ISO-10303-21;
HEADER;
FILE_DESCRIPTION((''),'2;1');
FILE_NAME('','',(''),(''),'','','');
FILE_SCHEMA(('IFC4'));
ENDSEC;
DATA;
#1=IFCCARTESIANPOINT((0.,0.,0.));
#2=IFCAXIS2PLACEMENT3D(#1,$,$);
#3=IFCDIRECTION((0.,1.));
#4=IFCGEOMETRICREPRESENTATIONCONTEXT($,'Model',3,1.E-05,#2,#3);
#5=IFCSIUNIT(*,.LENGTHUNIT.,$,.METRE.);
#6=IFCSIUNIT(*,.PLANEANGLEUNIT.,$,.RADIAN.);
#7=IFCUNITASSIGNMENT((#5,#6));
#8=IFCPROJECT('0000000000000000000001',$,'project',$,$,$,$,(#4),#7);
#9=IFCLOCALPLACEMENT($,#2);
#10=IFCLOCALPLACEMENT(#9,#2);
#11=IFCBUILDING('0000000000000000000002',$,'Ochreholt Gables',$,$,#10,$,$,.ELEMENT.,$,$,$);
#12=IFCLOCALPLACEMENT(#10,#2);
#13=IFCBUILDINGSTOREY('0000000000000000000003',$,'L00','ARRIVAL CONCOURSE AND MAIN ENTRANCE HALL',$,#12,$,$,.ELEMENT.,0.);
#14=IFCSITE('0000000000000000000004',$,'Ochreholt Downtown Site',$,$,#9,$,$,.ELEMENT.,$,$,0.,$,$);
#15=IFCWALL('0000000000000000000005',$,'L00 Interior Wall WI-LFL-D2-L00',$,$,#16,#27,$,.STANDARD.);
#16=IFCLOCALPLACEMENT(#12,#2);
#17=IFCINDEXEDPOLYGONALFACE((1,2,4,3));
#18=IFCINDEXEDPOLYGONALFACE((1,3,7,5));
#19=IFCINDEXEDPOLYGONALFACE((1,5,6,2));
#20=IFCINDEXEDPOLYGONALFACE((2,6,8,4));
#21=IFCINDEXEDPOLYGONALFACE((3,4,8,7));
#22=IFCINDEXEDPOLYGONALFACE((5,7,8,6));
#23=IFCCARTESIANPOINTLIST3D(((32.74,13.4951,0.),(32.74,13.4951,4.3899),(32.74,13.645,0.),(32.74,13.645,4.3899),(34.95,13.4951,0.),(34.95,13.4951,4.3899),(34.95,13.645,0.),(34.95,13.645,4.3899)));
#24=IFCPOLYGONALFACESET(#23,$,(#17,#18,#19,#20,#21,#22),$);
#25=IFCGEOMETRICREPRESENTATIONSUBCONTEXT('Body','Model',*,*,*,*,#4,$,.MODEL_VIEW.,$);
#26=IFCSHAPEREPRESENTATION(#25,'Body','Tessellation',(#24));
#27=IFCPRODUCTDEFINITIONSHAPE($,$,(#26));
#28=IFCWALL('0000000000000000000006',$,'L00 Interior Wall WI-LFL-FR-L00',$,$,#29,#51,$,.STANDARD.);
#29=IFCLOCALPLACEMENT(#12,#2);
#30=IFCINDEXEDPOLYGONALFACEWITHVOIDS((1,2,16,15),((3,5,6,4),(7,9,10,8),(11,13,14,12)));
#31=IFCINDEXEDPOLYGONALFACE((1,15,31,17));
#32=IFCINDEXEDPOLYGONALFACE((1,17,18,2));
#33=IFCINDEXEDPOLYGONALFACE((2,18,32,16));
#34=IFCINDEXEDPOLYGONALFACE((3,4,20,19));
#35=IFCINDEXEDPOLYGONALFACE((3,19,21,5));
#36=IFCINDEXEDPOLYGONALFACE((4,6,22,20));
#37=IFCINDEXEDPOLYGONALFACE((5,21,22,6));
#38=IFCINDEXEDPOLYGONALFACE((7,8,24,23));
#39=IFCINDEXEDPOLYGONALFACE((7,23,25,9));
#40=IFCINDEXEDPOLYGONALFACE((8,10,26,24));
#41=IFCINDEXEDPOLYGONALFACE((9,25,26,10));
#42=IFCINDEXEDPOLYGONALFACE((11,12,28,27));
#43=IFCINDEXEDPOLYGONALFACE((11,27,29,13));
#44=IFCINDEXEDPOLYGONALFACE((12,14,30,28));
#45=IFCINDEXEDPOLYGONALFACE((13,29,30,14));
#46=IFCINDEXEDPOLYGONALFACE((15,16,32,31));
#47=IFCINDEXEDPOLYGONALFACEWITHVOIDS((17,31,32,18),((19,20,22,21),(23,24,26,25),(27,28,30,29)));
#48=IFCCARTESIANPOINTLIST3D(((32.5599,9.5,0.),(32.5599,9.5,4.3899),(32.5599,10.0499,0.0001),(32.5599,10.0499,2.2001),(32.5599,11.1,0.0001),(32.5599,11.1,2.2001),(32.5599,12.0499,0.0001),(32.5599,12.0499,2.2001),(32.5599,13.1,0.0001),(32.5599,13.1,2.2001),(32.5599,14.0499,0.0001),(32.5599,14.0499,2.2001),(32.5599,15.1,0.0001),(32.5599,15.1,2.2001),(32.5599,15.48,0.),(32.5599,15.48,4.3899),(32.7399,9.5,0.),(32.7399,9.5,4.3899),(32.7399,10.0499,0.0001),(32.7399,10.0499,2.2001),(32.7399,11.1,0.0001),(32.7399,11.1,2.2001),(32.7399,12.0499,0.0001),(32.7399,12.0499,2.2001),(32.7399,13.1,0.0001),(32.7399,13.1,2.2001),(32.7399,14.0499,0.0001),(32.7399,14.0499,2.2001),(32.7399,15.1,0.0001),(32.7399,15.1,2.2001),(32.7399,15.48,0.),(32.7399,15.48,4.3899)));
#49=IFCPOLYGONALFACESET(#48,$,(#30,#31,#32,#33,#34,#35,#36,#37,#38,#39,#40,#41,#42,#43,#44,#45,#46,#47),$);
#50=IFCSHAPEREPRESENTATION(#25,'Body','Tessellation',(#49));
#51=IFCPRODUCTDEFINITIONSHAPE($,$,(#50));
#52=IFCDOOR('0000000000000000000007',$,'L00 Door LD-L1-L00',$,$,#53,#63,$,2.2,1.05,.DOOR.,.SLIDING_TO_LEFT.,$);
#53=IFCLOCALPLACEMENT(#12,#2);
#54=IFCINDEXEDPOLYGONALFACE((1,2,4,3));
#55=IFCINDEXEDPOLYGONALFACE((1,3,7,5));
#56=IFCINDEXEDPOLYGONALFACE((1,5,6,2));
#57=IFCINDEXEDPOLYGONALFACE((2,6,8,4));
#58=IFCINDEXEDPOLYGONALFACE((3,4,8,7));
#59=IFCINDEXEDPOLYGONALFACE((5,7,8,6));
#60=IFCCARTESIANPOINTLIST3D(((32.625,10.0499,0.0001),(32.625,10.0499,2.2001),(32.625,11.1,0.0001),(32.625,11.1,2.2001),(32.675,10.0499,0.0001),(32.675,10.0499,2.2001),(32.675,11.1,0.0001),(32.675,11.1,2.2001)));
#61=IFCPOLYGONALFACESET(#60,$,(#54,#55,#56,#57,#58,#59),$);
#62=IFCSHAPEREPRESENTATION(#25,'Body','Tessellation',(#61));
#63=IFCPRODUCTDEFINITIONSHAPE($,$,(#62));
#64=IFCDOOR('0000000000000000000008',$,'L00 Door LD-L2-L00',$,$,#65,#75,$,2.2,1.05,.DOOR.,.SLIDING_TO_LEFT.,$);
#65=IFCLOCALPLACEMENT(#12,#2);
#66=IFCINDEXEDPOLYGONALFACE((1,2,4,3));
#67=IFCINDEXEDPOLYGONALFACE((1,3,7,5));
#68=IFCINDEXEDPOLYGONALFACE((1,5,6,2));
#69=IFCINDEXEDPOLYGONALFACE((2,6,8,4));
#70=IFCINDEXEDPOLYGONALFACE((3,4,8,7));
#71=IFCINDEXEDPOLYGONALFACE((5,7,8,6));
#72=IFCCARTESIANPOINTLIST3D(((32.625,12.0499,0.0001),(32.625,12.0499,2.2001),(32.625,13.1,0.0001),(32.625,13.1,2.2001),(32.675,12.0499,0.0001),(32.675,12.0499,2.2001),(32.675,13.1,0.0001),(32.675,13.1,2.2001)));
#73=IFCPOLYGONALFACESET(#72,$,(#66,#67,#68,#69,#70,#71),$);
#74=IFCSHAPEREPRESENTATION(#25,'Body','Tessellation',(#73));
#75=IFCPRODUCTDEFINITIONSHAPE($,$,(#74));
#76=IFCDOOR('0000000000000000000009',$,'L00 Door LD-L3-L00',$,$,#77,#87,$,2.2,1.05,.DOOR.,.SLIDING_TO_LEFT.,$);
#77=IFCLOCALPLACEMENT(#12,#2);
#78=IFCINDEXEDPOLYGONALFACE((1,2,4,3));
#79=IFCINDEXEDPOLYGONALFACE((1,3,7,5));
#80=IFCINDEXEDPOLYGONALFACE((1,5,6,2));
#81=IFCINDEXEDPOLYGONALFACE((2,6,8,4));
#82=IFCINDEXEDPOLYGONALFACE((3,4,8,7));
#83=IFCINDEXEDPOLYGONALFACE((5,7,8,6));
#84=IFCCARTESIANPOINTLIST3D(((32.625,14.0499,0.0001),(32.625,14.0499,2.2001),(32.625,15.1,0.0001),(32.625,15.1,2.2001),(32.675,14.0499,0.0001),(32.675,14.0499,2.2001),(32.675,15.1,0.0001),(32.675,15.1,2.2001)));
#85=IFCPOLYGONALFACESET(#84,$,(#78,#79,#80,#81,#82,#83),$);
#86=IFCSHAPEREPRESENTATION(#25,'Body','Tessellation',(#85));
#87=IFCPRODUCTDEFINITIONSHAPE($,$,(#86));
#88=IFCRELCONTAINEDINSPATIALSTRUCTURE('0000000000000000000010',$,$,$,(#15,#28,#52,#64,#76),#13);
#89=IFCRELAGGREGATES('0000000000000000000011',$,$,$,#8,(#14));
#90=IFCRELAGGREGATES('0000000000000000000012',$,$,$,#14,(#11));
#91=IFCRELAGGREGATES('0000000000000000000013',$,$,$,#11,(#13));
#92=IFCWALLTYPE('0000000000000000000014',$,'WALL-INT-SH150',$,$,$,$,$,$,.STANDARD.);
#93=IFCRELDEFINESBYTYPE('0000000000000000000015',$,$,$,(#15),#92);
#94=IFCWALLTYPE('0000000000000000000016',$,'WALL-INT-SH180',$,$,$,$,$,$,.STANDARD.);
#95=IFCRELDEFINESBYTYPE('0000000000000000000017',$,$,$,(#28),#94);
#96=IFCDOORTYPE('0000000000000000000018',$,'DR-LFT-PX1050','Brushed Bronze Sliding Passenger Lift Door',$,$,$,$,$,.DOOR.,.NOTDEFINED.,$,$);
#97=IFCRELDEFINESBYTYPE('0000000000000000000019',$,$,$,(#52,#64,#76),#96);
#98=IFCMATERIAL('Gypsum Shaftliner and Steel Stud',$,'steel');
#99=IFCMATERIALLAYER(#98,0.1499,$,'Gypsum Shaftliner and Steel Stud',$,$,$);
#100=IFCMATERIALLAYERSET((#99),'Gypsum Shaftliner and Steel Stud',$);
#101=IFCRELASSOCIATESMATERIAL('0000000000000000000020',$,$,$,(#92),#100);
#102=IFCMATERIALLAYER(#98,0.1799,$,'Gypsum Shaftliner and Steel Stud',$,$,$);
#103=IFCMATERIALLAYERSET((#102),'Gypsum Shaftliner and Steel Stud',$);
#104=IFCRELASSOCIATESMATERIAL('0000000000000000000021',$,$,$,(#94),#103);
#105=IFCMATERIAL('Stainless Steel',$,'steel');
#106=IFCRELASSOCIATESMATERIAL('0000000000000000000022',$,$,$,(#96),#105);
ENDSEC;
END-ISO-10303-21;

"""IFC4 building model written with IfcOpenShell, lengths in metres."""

from ifc_helpers import new_model, si_unit, direction, frame, frame_2d, origin, place, context, subcontext, project, spatial, rectangle, extrude, material, layer, layer_set, type_object, element, fill, save


model = new_model("IFC4")

# Units and contexts
model_context = context("Model", 3, precision=1e-05, world=origin(), true_north=direction((0.0, 1.0)))
body_context = subcontext(model_context, "Body", "Model", "MODEL_VIEW")
ifc_project = project(units=[si_unit("LENGTHUNIT", "METRE"), si_unit("PLANEANGLEUNIT", "RADIAN")], contexts=[model_context])

# Site, building, storey
site_placement = place(None, origin())
site = spatial("IfcSite", under=ifc_project, at=site_placement, Name="Ochreholt Downtown Site", CompositionType="ELEMENT", RefElevation=0.0)
building_placement = place(site_placement, origin())
building = spatial("IfcBuilding", under=site, at=building_placement, Name="Ochreholt Gables", CompositionType="ELEMENT")
storey_placement = place(building_placement, origin())
storey = spatial("IfcBuildingStorey", under=building, at=storey_placement, Name="L00", Description="ARRIVAL CONCOURSE AND MAIN ENTRANCE HALL", CompositionType="ELEMENT", Elevation=0.0)

# Wall
ifc_material_1 = material(Name="Gypsum Shaftliner and Steel Stud", Category="steel")
ifc_layer_1 = layer(ifc_material_1, 0.1499, Name="Gypsum Shaftliner and Steel Stud")
ifc_layer_set_1 = layer_set([ifc_layer_1], Name="Gypsum Shaftliner and Steel Stud")
wall_type_1 = type_object("IfcWallType", Name="WALL-INT-SH150", PredefinedType="STANDARD", material=ifc_layer_set_1)
for number, where, z_axis, x_axis, name in (
    (1, (32.74, 13.5701, 0.0), (0.0, 0.0, 1.0), (1.0, 0.0, 0.0), "L00 Interior Wall WI-LFL-D2-L00"),
):
    element("IfcWall", number, at=place(storey_placement, frame(where, z_axis=z_axis, x_axis=x_axis)), inside=storey, type_object=wall_type_1, Name=name, PredefinedType="STANDARD", context=body_context, shape_type="SweptSolid", body=[
        extrude(rectangle(XDim=2.21, YDim=0.1499, at=frame_2d((1.105, 0.0))), origin(), (0.0, 0.0, 1.0), 4.3899),
    ])

# Wall, openings, doors
ifc_layer_2 = layer(ifc_material_1, 0.1799, Name="Gypsum Shaftliner and Steel Stud")
ifc_layer_set_2 = layer_set([ifc_layer_2], Name="Gypsum Shaftliner and Steel Stud")
wall_type_2 = type_object("IfcWallType", Name="WALL-INT-SH180", PredefinedType="STANDARD", material=ifc_layer_set_2)
wall_1_placement = place(storey_placement, frame((32.6499, 9.5, 0.0), z_axis=(0.0, 0.0, 1.0), x_axis=(0.0, 1.0, 0.0)))
wall_1 = element("IfcWall", 2, at=wall_1_placement, inside=storey, type_object=wall_type_2, Name="L00 Interior Wall WI-LFL-FR-L00", PredefinedType="STANDARD", context=body_context, shape_type="SweptSolid", body=[
    extrude(rectangle(XDim=5.98, YDim=0.1799, at=frame_2d((2.99, 0.0))), origin(), (0.0, 0.0, 1.0), 4.3899),
])
opening_1_placement = place(wall_1_placement, frame((0.55, 0.0, 0.0)))
opening_1 = element("IfcOpeningElement", 3, at=opening_1_placement, cuts=wall_1, PredefinedType="OPENING", context=body_context, shape_type="SweptSolid", body=[
    extrude(rectangle(XDim=1.05, YDim=2.2, at=frame_2d((0.5249, 1.1001))), frame((0.0, 0.0999, 0.0), z_axis=(0.0, -1.0, 0.0), x_axis=(1.0, 0.0, 0.0)), (0.0, 0.0, 1.0), 0.2),
])
opening_2_placement = place(wall_1_placement, frame((2.55, 0.0, 0.0)))
opening_2 = element("IfcOpeningElement", 4, at=opening_2_placement, cuts=wall_1, PredefinedType="OPENING", context=body_context, shape_type="SweptSolid", body=[
    extrude(rectangle(XDim=1.05, YDim=2.2, at=frame_2d((0.5249, 1.1001))), frame((0.0, 0.0999, 0.0), z_axis=(0.0, -1.0, 0.0), x_axis=(1.0, 0.0, 0.0)), (0.0, 0.0, 1.0), 0.2),
])
opening_3_placement = place(wall_1_placement, frame((4.55, 0.0, 0.0)))
opening_3 = element("IfcOpeningElement", 5, at=opening_3_placement, cuts=wall_1, PredefinedType="OPENING", context=body_context, shape_type="SweptSolid", body=[
    extrude(rectangle(XDim=1.05, YDim=2.2, at=frame_2d((0.5249, 1.1001))), frame((0.0, 0.0999, 0.0), z_axis=(0.0, -1.0, 0.0), x_axis=(1.0, 0.0, 0.0)), (0.0, 0.0, 1.0), 0.2),
])
ifc_material_2 = material(Name="Stainless Steel", Category="steel")
door_type_1 = type_object("IfcDoorType", Name="DR-LFT-PX1050", Description="Brushed Bronze Sliding Passenger Lift Door", OperationType="NOTDEFINED", PredefinedType="DOOR", material=ifc_material_2)
door_1_placement = place(opening_1_placement, origin())
door_1 = element("IfcDoor", 6, at=door_1_placement, inside=storey, type_object=door_type_1, Name="L00 Door LD-L1-L00", OperationType="SLIDING_TO_LEFT", OverallHeight=2.2, OverallWidth=1.05, PredefinedType="DOOR", context=body_context, shape_type="SweptSolid", body=[
    extrude(rectangle(XDim=1.05, YDim=2.2, at=frame_2d((0.5249, 1.1001))), frame((0.0, 0.0249, 0.0), z_axis=(0.0, -1.0, 0.0), x_axis=(1.0, 0.0, 0.0)), (0.0, 0.0, 1.0), 0.05),
])
fill(opening_1, door_1)
door_2_placement = place(opening_2_placement, origin())
door_2 = element("IfcDoor", 7, at=door_2_placement, inside=storey, type_object=door_type_1, Name="L00 Door LD-L2-L00", OperationType="SLIDING_TO_LEFT", OverallHeight=2.2, OverallWidth=1.05, PredefinedType="DOOR", context=body_context, shape_type="SweptSolid", body=[
    extrude(rectangle(XDim=1.05, YDim=2.2, at=frame_2d((0.5249, 1.1001))), frame((0.0, 0.0249, 0.0), z_axis=(0.0, -1.0, 0.0), x_axis=(1.0, 0.0, 0.0)), (0.0, 0.0, 1.0), 0.05),
])
fill(opening_2, door_2)
door_3_placement = place(opening_3_placement, origin())
door_3 = element("IfcDoor", 8, at=door_3_placement, inside=storey, type_object=door_type_1, Name="L00 Door LD-L3-L00", OperationType="SLIDING_TO_LEFT", OverallHeight=2.2, OverallWidth=1.05, PredefinedType="DOOR", context=body_context, shape_type="SweptSolid", body=[
    extrude(rectangle(XDim=1.05, YDim=2.2, at=frame_2d((0.5249, 1.1001))), frame((0.0, 0.0249, 0.0), z_axis=(0.0, -1.0, 0.0), x_axis=(1.0, 0.0, 0.0)), (0.0, 0.0, 1.0), 0.05),
])
fill(opening_3, door_3)

save(model, "model.ifc")
